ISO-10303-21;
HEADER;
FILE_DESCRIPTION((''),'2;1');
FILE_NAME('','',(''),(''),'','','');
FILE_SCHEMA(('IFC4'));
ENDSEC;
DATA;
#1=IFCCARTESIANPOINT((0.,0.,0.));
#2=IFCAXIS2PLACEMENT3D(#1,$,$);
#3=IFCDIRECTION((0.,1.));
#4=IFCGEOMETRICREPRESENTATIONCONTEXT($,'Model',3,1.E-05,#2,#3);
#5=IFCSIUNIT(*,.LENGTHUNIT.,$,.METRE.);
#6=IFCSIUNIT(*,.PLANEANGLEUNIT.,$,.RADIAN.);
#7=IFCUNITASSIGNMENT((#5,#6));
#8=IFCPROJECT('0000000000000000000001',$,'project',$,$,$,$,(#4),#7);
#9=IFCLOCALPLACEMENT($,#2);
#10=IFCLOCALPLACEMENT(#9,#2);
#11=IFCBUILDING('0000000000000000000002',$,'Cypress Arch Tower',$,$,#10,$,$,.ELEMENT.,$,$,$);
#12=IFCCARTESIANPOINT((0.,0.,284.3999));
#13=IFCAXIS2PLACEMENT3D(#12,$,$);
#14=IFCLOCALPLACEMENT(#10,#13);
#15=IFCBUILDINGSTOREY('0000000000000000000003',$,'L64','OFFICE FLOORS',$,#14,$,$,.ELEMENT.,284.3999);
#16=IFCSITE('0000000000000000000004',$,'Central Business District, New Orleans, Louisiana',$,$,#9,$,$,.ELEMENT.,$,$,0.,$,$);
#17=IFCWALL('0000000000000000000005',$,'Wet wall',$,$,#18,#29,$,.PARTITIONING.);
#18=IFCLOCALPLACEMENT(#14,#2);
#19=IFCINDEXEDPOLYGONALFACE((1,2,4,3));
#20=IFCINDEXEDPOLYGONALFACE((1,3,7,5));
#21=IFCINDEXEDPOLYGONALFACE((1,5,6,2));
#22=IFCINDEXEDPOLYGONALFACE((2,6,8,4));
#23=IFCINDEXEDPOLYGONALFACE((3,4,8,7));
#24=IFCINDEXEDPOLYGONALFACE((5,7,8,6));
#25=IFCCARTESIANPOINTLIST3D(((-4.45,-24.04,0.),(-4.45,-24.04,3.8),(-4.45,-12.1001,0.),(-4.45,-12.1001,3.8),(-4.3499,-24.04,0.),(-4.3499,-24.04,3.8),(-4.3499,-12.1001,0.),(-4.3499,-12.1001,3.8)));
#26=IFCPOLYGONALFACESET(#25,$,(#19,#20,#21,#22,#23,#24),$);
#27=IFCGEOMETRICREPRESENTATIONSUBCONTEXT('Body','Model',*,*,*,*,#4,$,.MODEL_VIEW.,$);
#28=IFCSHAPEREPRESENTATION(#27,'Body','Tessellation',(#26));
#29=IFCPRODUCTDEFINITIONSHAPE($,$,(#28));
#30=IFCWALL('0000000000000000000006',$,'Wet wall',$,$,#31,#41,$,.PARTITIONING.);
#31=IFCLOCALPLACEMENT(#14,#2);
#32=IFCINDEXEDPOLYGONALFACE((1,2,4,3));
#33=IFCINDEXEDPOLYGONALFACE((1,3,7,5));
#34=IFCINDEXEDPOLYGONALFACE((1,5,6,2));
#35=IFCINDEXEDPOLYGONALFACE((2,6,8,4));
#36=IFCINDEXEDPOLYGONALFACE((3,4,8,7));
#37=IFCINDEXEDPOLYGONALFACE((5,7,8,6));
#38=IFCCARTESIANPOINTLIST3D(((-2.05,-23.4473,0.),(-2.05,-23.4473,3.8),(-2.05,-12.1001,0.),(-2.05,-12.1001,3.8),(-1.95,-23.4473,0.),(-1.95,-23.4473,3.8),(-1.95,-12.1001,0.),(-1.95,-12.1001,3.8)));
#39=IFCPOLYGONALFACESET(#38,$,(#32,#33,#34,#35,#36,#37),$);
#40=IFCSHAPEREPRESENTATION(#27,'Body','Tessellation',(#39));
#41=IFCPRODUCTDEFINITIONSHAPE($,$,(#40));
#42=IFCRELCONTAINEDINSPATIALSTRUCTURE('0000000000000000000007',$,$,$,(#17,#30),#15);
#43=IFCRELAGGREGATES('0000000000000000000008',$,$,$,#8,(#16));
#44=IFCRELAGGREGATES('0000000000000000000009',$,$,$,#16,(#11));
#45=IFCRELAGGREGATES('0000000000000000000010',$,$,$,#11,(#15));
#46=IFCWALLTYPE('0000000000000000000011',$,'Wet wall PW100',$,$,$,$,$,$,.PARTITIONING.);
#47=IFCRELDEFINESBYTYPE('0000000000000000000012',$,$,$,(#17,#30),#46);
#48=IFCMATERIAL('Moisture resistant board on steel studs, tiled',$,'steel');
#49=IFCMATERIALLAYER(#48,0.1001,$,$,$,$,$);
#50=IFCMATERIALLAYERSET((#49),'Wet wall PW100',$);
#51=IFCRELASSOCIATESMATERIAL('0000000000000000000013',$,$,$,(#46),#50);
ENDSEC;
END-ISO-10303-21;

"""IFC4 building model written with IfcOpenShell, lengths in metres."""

from ifc_helpers import new_model, si_unit, direction, frame, frame_2d, origin, place, context, subcontext, project, spatial, rectangle, extrude, material, layer, layer_set, type_object, element, save


model = new_model("IFC4")

# Units and contexts
model_context = context("Model", 3, precision=1e-05, world=origin(), true_north=direction((0.0, 1.0)))
body_context = subcontext(model_context, "Body", "Model", "MODEL_VIEW")
ifc_project = project(units=[si_unit("LENGTHUNIT", "METRE"), si_unit("PLANEANGLEUNIT", "RADIAN")], contexts=[model_context])

# Site, building, storey
site_placement = place(None, origin())
site = spatial("IfcSite", under=ifc_project, at=site_placement, Name="Central Business District, New Orleans, Louisiana", CompositionType="ELEMENT", RefElevation=0.0)
building_placement = place(site_placement, origin())
building = spatial("IfcBuilding", under=site, at=building_placement, Name="Cypress Arch Tower", CompositionType="ELEMENT")
storey_placement = place(building_placement, frame((0.0, 0.0, 284.3999)))
storey = spatial("IfcBuildingStorey", under=building, at=storey_placement, Name="L64", Description="OFFICE FLOORS", CompositionType="ELEMENT", Elevation=284.3999)

# Walls
ifc_material_1 = material(Name="Moisture resistant board on steel studs, tiled", Category="steel")
ifc_layer_1 = layer(ifc_material_1, 0.1001)
ifc_layer_set_1 = layer_set([ifc_layer_1], Name="Wet wall PW100")
wall_type_1 = type_object("IfcWallType", Name="Wet wall PW100", PredefinedType="PARTITIONING", material=ifc_layer_set_1)
for number, where, z_axis, x_axis, name in (
    (1, (-4.3999, -24.04, 0.0), (0.0, 0.0, 1.0), (0.0, 1.0, 0.0), "Wet wall"),
):
    element("IfcWall", number, at=place(storey_placement, frame(where, z_axis=z_axis, x_axis=x_axis)), inside=storey, type_object=wall_type_1, Name=name, PredefinedType="PARTITIONING", context=body_context, shape_type="SweptSolid", body=[
        extrude(rectangle(XDim=11.9399, YDim=0.1001, at=frame_2d((5.97, 0.0))), origin(), (0.0, 0.0, 1.0), 3.8),
    ])
wall_1_placement = place(storey_placement, frame((-2.0, -23.4473, 0.0), z_axis=(0.0, 0.0, 1.0), x_axis=(0.0, 1.0, 0.0)))
element("IfcWall", 2, at=wall_1_placement, inside=storey, type_object=wall_type_1, Name="Wet wall", PredefinedType="PARTITIONING", context=body_context, shape_type="SweptSolid", body=[
    extrude(rectangle(XDim=11.3472, YDim=0.1001, at=frame_2d((5.6736, 0.0))), origin(), (0.0, 0.0, 1.0), 3.8),
])

save(model, "model.ifc")
